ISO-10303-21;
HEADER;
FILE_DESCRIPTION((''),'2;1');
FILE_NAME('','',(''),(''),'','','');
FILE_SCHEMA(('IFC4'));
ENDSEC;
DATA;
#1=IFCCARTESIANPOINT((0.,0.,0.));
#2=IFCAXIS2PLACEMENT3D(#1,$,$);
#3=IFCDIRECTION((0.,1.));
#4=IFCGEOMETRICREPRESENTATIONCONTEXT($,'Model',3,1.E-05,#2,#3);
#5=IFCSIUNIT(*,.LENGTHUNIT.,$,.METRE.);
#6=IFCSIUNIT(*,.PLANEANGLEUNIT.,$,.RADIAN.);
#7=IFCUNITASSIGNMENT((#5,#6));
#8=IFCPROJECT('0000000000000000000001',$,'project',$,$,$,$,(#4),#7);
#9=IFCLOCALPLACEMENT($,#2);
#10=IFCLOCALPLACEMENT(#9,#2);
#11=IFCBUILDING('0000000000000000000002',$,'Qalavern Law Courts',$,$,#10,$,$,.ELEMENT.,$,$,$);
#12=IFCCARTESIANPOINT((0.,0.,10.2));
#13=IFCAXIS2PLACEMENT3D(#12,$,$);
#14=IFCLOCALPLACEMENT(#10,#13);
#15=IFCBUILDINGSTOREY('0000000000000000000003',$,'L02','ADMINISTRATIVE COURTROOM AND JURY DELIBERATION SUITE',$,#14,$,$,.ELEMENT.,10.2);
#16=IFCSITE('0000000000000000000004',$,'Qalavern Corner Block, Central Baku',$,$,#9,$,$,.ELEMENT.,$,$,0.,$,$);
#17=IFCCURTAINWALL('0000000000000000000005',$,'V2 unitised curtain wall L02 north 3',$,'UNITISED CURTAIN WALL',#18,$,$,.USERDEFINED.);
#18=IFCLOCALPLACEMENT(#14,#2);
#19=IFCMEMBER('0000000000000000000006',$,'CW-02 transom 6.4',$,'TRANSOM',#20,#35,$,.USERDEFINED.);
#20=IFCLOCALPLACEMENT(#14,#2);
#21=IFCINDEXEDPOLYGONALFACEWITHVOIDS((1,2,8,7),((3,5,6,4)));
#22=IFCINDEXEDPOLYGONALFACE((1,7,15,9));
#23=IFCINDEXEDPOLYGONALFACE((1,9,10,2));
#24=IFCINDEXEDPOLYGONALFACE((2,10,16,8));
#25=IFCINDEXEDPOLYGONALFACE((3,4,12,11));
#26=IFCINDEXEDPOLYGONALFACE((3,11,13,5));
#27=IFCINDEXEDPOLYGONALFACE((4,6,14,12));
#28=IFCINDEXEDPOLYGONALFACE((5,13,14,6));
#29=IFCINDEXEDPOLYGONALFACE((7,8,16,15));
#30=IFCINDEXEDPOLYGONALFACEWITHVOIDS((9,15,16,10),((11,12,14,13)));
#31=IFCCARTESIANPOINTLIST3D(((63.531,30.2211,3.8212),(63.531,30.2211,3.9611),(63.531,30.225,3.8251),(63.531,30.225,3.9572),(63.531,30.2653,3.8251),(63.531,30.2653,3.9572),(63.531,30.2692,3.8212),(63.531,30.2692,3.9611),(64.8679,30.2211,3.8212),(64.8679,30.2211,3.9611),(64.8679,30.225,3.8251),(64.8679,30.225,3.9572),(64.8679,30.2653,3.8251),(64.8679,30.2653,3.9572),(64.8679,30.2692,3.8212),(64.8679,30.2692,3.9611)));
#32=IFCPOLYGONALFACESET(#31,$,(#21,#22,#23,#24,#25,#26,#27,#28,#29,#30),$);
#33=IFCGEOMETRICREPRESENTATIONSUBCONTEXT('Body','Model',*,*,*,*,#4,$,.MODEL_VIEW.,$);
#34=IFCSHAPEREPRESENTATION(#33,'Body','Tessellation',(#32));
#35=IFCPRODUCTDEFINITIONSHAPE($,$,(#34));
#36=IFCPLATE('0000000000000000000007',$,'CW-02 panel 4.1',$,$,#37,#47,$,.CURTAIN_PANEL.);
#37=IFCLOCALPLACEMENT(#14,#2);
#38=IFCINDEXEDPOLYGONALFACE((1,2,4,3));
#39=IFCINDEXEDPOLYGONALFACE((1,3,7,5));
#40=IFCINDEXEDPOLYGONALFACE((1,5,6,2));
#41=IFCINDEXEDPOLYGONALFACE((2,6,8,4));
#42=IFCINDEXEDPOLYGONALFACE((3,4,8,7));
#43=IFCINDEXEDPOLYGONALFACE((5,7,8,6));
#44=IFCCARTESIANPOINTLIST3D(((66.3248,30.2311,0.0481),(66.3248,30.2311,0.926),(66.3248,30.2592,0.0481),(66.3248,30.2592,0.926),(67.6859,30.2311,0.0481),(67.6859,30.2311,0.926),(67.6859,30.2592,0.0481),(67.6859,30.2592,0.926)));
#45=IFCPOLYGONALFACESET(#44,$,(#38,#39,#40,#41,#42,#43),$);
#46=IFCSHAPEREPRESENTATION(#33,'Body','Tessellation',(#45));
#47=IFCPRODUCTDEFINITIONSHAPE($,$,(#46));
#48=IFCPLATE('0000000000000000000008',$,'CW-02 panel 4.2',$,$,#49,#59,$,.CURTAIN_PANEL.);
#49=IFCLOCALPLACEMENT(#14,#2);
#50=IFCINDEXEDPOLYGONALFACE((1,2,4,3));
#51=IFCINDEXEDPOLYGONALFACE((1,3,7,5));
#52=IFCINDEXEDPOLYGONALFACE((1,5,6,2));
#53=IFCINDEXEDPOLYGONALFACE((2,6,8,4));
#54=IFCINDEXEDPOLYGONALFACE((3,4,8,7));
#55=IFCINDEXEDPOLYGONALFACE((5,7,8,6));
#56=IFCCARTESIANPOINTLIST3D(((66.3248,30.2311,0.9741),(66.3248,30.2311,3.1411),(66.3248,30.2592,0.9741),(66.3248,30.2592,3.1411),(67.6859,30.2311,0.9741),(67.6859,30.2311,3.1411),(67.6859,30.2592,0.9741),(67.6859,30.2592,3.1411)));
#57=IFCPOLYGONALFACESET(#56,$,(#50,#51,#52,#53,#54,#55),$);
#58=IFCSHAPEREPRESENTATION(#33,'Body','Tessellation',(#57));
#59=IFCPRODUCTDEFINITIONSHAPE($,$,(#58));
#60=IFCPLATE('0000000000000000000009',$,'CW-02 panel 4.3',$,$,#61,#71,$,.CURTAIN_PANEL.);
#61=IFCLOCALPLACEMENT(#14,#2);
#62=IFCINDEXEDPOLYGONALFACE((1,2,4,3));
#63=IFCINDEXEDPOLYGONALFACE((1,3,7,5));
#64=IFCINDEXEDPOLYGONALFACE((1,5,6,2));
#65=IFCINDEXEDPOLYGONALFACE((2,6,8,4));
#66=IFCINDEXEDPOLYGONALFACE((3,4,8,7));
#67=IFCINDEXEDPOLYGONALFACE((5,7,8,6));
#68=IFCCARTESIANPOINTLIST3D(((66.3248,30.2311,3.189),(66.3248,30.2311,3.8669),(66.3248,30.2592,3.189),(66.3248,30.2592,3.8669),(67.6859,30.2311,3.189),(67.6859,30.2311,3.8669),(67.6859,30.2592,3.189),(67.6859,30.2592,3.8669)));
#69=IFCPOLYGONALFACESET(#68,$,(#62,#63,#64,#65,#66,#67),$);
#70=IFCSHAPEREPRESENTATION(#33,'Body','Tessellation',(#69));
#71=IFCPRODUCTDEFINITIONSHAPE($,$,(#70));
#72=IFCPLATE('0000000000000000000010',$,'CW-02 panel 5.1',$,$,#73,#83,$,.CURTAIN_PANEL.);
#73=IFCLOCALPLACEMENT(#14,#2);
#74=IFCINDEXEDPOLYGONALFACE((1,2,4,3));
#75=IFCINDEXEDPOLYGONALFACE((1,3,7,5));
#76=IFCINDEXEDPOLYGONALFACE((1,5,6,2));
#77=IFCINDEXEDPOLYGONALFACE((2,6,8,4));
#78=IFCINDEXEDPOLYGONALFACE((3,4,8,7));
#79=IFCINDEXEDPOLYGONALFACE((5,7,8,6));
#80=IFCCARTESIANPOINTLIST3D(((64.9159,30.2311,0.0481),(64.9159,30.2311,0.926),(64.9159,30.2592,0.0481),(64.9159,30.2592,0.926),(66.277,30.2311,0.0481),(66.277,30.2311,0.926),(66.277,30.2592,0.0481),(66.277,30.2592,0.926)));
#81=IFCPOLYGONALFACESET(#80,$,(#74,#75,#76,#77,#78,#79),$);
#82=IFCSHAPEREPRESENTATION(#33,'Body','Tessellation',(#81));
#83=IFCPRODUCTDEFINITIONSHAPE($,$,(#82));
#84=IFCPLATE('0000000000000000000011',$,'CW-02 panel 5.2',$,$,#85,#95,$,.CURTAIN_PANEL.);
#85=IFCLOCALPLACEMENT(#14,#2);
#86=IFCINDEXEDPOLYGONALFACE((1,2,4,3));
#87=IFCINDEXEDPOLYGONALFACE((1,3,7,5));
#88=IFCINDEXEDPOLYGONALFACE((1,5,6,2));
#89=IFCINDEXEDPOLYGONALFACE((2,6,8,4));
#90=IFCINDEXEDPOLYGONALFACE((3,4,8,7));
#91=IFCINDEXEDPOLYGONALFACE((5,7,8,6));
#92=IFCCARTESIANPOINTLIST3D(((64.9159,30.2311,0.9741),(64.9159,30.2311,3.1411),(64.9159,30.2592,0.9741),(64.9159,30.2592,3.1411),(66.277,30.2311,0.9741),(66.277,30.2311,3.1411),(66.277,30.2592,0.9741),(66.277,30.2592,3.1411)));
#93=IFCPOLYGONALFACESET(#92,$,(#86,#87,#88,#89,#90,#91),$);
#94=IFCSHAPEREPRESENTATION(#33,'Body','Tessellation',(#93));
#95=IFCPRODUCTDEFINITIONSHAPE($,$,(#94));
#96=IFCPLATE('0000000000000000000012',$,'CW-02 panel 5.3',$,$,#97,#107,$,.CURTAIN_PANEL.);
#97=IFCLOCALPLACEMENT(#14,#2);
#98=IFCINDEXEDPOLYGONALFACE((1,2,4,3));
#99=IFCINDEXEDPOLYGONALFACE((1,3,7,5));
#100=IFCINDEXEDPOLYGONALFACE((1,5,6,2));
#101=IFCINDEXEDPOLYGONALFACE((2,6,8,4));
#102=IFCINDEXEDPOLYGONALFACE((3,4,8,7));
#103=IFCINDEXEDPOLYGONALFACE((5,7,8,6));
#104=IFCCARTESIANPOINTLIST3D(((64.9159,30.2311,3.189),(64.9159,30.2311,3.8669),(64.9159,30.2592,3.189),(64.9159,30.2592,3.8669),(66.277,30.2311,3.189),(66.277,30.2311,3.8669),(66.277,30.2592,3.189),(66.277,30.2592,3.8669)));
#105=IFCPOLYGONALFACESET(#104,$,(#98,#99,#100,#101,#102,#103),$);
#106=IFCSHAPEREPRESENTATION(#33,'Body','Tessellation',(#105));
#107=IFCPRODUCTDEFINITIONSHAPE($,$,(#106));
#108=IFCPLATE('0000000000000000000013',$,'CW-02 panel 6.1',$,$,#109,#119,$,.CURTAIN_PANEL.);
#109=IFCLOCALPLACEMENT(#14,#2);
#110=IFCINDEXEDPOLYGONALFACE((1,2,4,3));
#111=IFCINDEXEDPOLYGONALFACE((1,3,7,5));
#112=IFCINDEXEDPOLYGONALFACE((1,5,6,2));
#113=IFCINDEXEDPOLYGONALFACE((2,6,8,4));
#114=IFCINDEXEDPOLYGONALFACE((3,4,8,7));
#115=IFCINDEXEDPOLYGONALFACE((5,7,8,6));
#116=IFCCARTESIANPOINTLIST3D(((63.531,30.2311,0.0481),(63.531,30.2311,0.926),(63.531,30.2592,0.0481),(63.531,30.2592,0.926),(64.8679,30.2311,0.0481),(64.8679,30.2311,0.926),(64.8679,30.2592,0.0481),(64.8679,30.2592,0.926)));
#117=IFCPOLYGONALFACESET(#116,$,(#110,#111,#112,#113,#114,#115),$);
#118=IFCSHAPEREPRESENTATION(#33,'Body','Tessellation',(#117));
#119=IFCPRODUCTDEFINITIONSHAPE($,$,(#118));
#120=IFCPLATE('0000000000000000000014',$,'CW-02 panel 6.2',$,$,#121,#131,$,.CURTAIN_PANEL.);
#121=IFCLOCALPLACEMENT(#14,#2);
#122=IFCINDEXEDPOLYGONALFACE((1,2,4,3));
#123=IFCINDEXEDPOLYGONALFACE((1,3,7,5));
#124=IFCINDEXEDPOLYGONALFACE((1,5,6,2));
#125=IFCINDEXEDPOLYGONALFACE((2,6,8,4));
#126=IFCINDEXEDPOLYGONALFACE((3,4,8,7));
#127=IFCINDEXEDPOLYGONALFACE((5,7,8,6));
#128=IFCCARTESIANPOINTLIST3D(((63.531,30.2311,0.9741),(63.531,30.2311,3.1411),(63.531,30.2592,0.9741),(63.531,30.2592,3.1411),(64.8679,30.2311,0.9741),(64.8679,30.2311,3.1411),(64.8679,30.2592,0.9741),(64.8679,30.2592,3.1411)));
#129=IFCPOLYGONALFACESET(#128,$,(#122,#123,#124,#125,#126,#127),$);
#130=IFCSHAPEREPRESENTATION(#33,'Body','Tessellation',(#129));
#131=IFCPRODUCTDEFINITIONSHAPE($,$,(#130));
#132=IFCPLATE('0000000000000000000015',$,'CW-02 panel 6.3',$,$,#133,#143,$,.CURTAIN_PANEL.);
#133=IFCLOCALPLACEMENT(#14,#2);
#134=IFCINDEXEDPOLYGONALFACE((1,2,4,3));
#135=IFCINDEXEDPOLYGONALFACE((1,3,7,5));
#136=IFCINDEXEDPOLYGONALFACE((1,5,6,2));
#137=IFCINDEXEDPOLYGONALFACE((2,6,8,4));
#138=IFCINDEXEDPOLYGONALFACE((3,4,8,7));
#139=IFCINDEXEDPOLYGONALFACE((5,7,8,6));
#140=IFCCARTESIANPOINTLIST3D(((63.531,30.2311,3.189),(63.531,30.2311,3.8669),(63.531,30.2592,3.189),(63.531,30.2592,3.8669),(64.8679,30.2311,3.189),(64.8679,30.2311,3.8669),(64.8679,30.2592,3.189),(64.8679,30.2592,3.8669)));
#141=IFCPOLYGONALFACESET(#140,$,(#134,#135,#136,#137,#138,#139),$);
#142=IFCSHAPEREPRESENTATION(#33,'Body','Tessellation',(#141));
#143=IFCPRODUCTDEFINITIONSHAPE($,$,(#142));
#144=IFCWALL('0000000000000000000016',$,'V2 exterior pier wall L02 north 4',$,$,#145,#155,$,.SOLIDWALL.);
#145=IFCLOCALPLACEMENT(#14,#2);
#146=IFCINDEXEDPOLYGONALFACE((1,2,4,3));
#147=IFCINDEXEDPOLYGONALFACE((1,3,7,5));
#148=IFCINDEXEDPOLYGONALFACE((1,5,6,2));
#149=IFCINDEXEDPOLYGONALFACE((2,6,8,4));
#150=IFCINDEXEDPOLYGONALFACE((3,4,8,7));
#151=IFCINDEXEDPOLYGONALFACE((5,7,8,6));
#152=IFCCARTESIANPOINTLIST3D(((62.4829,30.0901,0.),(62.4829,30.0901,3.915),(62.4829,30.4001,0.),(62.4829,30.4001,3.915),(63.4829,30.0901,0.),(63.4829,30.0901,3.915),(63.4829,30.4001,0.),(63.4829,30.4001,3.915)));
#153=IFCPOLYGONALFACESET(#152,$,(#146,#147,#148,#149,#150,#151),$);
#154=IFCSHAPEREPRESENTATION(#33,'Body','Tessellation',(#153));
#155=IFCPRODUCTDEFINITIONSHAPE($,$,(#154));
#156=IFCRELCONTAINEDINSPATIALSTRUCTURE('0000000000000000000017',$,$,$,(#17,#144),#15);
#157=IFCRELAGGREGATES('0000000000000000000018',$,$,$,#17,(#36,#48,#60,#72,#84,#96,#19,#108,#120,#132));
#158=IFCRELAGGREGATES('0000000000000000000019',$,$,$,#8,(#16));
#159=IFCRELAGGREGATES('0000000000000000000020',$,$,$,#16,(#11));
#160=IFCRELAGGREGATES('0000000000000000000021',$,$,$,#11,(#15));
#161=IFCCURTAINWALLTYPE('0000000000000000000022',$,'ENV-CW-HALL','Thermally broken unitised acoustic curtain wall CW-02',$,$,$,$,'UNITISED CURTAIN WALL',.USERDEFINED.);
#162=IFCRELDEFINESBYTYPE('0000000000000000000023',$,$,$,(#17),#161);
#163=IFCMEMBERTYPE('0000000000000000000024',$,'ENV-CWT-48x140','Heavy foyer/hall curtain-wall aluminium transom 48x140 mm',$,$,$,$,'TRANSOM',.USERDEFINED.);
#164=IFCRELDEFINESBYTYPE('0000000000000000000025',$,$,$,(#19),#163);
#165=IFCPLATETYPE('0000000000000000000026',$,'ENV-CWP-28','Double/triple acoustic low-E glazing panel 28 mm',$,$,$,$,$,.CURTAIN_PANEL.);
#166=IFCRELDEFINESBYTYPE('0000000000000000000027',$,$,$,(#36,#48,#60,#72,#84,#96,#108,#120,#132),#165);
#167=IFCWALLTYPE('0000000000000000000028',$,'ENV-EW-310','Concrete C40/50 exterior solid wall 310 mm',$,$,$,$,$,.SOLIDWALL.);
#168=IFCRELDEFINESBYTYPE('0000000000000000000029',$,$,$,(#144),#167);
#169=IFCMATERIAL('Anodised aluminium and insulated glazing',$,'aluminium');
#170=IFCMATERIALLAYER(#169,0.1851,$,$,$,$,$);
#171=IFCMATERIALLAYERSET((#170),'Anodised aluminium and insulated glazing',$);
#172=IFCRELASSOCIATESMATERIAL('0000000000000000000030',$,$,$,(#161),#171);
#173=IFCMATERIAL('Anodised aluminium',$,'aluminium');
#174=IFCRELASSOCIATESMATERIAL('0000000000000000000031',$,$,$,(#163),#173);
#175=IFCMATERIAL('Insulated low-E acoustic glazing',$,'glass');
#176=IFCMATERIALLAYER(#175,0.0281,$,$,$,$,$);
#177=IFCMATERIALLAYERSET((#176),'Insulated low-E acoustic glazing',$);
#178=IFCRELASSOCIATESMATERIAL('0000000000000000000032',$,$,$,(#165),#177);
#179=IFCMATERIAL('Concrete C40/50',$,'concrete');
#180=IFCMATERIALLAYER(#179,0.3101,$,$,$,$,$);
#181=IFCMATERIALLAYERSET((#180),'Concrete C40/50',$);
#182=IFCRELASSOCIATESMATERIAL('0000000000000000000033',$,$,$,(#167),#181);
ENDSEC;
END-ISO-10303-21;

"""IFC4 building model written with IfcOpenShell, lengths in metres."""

from ifc_helpers import new_model, si_unit, direction, frame, frame_2d, origin, origin_2d, place, context, subcontext, project, spatial, rectangle, hollow_rectangle, extrude, material, layer, layer_set, material_profile, profile_set, type_object, element, aggregate, save


model = new_model("IFC4")

# Units and contexts
model_context = context("Model", 3, precision=1e-05, world=origin(), true_north=direction((0.0, 1.0)))
body_context = subcontext(model_context, "Body", "Model", "MODEL_VIEW")
ifc_project = project(units=[si_unit("LENGTHUNIT", "METRE"), si_unit("PLANEANGLEUNIT", "RADIAN")], contexts=[model_context])

# Site, building, storey
site_placement = place(None, origin())
site = spatial("IfcSite", under=ifc_project, at=site_placement, Name="Qalavern Corner Block, Central Baku", CompositionType="ELEMENT", RefElevation=0.0)
building_placement = place(site_placement, origin())
building = spatial("IfcBuilding", under=site, at=building_placement, Name="Qalavern Law Courts", CompositionType="ELEMENT")
storey_placement = place(building_placement, frame((0.0, 0.0, 10.2)))
storey = spatial("IfcBuildingStorey", under=building, at=storey_placement, Name="L02", Description="ADMINISTRATIVE COURTROOM AND JURY DELIBERATION SUITE", CompositionType="ELEMENT", Elevation=10.2)

# Curtain wall, member, plates
ifc_material_1 = material(Name="Anodised aluminium and insulated glazing", Category="aluminium")
ifc_layer_1 = layer(ifc_material_1, 0.1851)
ifc_layer_set_1 = layer_set([ifc_layer_1], Name="Anodised aluminium and insulated glazing")
curtain_wall_type = type_object("IfcCurtainWallType", Name="ENV-CW-HALL", Description="Thermally broken unitised acoustic curtain wall CW-02", ElementType="UNITISED CURTAIN WALL", PredefinedType="USERDEFINED", material=ifc_layer_set_1)
curtain_wall_placement = place(storey_placement, origin())
curtain_wall = element("IfcCurtainWall", 1, at=curtain_wall_placement, inside=storey, type_object=curtain_wall_type, Name="V2 unitised curtain wall L02 north 3", ObjectType="UNITISED CURTAIN WALL", PredefinedType="USERDEFINED")
ifc_material_2 = material(Name="Anodised aluminium", Category="aluminium")
ifc_material_profile_1 = material_profile(ifc_material_2, hollow_rectangle(XDim=0.0481, YDim=0.1399, WallThickness=0.0039, at=origin_2d()), Name="ALU TRANSOM 48x140")
ifc_profile_set_1 = profile_set([ifc_material_profile_1], Name="Anodised aluminium")
member_type_1 = type_object("IfcMemberType", Name="ENV-CWT-48x140", Description="Heavy foyer/hall curtain-wall aluminium transom 48x140 mm", ElementType="TRANSOM", PredefinedType="USERDEFINED", material=ifc_profile_set_1)
member_1_placement = place(storey_placement, frame((64.8679, 30.2451, 3.8911), z_axis=(-1.0, 0.0, 0.0), x_axis=(0.0, -1.0, 0.0)))
member_1 = element("IfcMember", 2, at=member_1_placement, type_object=member_type_1, Name="CW-02 transom 6.4", ObjectType="TRANSOM", PredefinedType="USERDEFINED", context=body_context, shape_type="SweptSolid", body=[
    extrude(hollow_rectangle(XDim=0.0481, YDim=0.1399, WallThickness=0.0039, at=origin_2d()), origin(), (0.0, 0.0, 1.0), 1.3369),
])
ifc_material_3 = material(Name="Insulated low-E acoustic glazing", Category="glass")
ifc_layer_2 = layer(ifc_material_3, 0.0281)
ifc_layer_set_2 = layer_set([ifc_layer_2], Name="Insulated low-E acoustic glazing")
plate_type = type_object("IfcPlateType", Name="ENV-CWP-28", Description="Double/triple acoustic low-E glazing panel 28 mm", PredefinedType="CURTAIN_PANEL", material=ifc_layer_set_2)
plate_1_placement = place(storey_placement, frame((67.0054, 30.2451, 0.0481), z_axis=(0.0, 0.0, 1.0), x_axis=(-1.0, 0.0, 0.0)))
plate_1 = element("IfcPlate", 3, at=plate_1_placement, type_object=plate_type, Name="CW-02 panel 4.1", PredefinedType="CURTAIN_PANEL", context=body_context, shape_type="SweptSolid", body=[
    extrude(rectangle(XDim=1.3611, YDim=0.0281, at=origin_2d()), origin(), (0.0, 0.0, 1.0), 0.8779),
])
plate_2_placement = place(storey_placement, frame((67.0054, 30.2451, 0.9741), z_axis=(0.0, 0.0, 1.0), x_axis=(-1.0, 0.0, 0.0)))
plate_2 = element("IfcPlate", 4, at=plate_2_placement, type_object=plate_type, Name="CW-02 panel 4.2", PredefinedType="CURTAIN_PANEL", context=body_context, shape_type="SweptSolid", body=[
    extrude(rectangle(XDim=1.3611, YDim=0.0281, at=origin_2d()), origin(), (0.0, 0.0, 1.0), 2.167),
])
plate_3_placement = place(storey_placement, frame((67.0054, 30.2451, 3.189), z_axis=(0.0, 0.0, 1.0), x_axis=(-1.0, 0.0, 0.0)))
plate_3 = element("IfcPlate", 5, at=plate_3_placement, type_object=plate_type, Name="CW-02 panel 4.3", PredefinedType="CURTAIN_PANEL", context=body_context, shape_type="SweptSolid", body=[
    extrude(rectangle(XDim=1.3611, YDim=0.0281, at=origin_2d()), origin(), (0.0, 0.0, 1.0), 0.678),
])
plate_4_placement = place(storey_placement, frame((65.5964, 30.2451, 0.0481), z_axis=(0.0, 0.0, 1.0), x_axis=(-1.0, 0.0, 0.0)))
plate_4 = element("IfcPlate", 6, at=plate_4_placement, type_object=plate_type, Name="CW-02 panel 5.1", PredefinedType="CURTAIN_PANEL", context=body_context, shape_type="SweptSolid", body=[
    extrude(rectangle(XDim=1.3611, YDim=0.0281, at=origin_2d()), origin(), (0.0, 0.0, 1.0), 0.8779),
])
plate_5_placement = place(storey_placement, frame((65.5964, 30.2451, 0.9741), z_axis=(0.0, 0.0, 1.0), x_axis=(-1.0, 0.0, 0.0)))
plate_5 = element("IfcPlate", 7, at=plate_5_placement, type_object=plate_type, Name="CW-02 panel 5.2", PredefinedType="CURTAIN_PANEL", context=body_context, shape_type="SweptSolid", body=[
    extrude(rectangle(XDim=1.3611, YDim=0.0281, at=origin_2d()), origin(), (0.0, 0.0, 1.0), 2.167),
])
plate_6_placement = place(storey_placement, frame((65.5964, 30.2451, 3.189), z_axis=(0.0, 0.0, 1.0), x_axis=(-1.0, 0.0, 0.0)))
plate_6 = element("IfcPlate", 8, at=plate_6_placement, type_object=plate_type, Name="CW-02 panel 5.3", PredefinedType="CURTAIN_PANEL", context=body_context, shape_type="SweptSolid", body=[
    extrude(rectangle(XDim=1.3611, YDim=0.0281, at=origin_2d()), origin(), (0.0, 0.0, 1.0), 0.678),
])
plate_7_placement = place(storey_placement, frame((64.1995, 30.2451, 0.0481), z_axis=(0.0, 0.0, 1.0), x_axis=(-1.0, 0.0, 0.0)))
plate_7 = element("IfcPlate", 9, at=plate_7_placement, type_object=plate_type, Name="CW-02 panel 6.1", PredefinedType="CURTAIN_PANEL", context=body_context, shape_type="SweptSolid", body=[
    extrude(rectangle(XDim=1.3369, YDim=0.0281, at=origin_2d()), origin(), (0.0, 0.0, 1.0), 0.8779),
])
plate_8_placement = place(storey_placement, frame((64.1995, 30.2451, 0.9741), z_axis=(0.0, 0.0, 1.0), x_axis=(-1.0, 0.0, 0.0)))
plate_8 = element("IfcPlate", 10, at=plate_8_placement, type_object=plate_type, Name="CW-02 panel 6.2", PredefinedType="CURTAIN_PANEL", context=body_context, shape_type="SweptSolid", body=[
    extrude(rectangle(XDim=1.3369, YDim=0.0281, at=origin_2d()), origin(), (0.0, 0.0, 1.0), 2.167),
])
plate_9_placement = place(storey_placement, frame((64.1995, 30.2451, 3.189), z_axis=(0.0, 0.0, 1.0), x_axis=(-1.0, 0.0, 0.0)))
plate_9 = element("IfcPlate", 11, at=plate_9_placement, type_object=plate_type, Name="CW-02 panel 6.3", PredefinedType="CURTAIN_PANEL", context=body_context, shape_type="SweptSolid", body=[
    extrude(rectangle(XDim=1.3369, YDim=0.0281, at=origin_2d()), origin(), (0.0, 0.0, 1.0), 0.678),
])
aggregate(curtain_wall, [plate_1, plate_2, plate_3, plate_4, plate_5, plate_6, member_1, plate_7, plate_8, plate_9])

# Wall
ifc_material_4 = material(Name="Concrete C40/50", Category="concrete")
ifc_layer_3 = layer(ifc_material_4, 0.3101)
ifc_layer_set_3 = layer_set([ifc_layer_3], Name="Concrete C40/50")
wall_type = type_object("IfcWallType", Name="ENV-EW-310", Description="Concrete C40/50 exterior solid wall 310 mm", PredefinedType="SOLIDWALL", material=ifc_layer_set_3)
wall_placement = place(storey_placement, frame((63.4829, 30.2451, 0.0), z_axis=(0.0, 0.0, 1.0), x_axis=(-1.0, 0.0, 0.0)))
element("IfcWall", 12, at=wall_placement, inside=storey, type_object=wall_type, Name="V2 exterior pier wall L02 north 4", PredefinedType="SOLIDWALL", context=body_context, shape_type="SweptSolid", body=[
    extrude(rectangle(XDim=1.0, YDim=0.3101, at=frame_2d((0.5, 0.0))), origin(), (0.0, 0.0, 1.0), 3.915),
])

save(model, "model.ifc")
